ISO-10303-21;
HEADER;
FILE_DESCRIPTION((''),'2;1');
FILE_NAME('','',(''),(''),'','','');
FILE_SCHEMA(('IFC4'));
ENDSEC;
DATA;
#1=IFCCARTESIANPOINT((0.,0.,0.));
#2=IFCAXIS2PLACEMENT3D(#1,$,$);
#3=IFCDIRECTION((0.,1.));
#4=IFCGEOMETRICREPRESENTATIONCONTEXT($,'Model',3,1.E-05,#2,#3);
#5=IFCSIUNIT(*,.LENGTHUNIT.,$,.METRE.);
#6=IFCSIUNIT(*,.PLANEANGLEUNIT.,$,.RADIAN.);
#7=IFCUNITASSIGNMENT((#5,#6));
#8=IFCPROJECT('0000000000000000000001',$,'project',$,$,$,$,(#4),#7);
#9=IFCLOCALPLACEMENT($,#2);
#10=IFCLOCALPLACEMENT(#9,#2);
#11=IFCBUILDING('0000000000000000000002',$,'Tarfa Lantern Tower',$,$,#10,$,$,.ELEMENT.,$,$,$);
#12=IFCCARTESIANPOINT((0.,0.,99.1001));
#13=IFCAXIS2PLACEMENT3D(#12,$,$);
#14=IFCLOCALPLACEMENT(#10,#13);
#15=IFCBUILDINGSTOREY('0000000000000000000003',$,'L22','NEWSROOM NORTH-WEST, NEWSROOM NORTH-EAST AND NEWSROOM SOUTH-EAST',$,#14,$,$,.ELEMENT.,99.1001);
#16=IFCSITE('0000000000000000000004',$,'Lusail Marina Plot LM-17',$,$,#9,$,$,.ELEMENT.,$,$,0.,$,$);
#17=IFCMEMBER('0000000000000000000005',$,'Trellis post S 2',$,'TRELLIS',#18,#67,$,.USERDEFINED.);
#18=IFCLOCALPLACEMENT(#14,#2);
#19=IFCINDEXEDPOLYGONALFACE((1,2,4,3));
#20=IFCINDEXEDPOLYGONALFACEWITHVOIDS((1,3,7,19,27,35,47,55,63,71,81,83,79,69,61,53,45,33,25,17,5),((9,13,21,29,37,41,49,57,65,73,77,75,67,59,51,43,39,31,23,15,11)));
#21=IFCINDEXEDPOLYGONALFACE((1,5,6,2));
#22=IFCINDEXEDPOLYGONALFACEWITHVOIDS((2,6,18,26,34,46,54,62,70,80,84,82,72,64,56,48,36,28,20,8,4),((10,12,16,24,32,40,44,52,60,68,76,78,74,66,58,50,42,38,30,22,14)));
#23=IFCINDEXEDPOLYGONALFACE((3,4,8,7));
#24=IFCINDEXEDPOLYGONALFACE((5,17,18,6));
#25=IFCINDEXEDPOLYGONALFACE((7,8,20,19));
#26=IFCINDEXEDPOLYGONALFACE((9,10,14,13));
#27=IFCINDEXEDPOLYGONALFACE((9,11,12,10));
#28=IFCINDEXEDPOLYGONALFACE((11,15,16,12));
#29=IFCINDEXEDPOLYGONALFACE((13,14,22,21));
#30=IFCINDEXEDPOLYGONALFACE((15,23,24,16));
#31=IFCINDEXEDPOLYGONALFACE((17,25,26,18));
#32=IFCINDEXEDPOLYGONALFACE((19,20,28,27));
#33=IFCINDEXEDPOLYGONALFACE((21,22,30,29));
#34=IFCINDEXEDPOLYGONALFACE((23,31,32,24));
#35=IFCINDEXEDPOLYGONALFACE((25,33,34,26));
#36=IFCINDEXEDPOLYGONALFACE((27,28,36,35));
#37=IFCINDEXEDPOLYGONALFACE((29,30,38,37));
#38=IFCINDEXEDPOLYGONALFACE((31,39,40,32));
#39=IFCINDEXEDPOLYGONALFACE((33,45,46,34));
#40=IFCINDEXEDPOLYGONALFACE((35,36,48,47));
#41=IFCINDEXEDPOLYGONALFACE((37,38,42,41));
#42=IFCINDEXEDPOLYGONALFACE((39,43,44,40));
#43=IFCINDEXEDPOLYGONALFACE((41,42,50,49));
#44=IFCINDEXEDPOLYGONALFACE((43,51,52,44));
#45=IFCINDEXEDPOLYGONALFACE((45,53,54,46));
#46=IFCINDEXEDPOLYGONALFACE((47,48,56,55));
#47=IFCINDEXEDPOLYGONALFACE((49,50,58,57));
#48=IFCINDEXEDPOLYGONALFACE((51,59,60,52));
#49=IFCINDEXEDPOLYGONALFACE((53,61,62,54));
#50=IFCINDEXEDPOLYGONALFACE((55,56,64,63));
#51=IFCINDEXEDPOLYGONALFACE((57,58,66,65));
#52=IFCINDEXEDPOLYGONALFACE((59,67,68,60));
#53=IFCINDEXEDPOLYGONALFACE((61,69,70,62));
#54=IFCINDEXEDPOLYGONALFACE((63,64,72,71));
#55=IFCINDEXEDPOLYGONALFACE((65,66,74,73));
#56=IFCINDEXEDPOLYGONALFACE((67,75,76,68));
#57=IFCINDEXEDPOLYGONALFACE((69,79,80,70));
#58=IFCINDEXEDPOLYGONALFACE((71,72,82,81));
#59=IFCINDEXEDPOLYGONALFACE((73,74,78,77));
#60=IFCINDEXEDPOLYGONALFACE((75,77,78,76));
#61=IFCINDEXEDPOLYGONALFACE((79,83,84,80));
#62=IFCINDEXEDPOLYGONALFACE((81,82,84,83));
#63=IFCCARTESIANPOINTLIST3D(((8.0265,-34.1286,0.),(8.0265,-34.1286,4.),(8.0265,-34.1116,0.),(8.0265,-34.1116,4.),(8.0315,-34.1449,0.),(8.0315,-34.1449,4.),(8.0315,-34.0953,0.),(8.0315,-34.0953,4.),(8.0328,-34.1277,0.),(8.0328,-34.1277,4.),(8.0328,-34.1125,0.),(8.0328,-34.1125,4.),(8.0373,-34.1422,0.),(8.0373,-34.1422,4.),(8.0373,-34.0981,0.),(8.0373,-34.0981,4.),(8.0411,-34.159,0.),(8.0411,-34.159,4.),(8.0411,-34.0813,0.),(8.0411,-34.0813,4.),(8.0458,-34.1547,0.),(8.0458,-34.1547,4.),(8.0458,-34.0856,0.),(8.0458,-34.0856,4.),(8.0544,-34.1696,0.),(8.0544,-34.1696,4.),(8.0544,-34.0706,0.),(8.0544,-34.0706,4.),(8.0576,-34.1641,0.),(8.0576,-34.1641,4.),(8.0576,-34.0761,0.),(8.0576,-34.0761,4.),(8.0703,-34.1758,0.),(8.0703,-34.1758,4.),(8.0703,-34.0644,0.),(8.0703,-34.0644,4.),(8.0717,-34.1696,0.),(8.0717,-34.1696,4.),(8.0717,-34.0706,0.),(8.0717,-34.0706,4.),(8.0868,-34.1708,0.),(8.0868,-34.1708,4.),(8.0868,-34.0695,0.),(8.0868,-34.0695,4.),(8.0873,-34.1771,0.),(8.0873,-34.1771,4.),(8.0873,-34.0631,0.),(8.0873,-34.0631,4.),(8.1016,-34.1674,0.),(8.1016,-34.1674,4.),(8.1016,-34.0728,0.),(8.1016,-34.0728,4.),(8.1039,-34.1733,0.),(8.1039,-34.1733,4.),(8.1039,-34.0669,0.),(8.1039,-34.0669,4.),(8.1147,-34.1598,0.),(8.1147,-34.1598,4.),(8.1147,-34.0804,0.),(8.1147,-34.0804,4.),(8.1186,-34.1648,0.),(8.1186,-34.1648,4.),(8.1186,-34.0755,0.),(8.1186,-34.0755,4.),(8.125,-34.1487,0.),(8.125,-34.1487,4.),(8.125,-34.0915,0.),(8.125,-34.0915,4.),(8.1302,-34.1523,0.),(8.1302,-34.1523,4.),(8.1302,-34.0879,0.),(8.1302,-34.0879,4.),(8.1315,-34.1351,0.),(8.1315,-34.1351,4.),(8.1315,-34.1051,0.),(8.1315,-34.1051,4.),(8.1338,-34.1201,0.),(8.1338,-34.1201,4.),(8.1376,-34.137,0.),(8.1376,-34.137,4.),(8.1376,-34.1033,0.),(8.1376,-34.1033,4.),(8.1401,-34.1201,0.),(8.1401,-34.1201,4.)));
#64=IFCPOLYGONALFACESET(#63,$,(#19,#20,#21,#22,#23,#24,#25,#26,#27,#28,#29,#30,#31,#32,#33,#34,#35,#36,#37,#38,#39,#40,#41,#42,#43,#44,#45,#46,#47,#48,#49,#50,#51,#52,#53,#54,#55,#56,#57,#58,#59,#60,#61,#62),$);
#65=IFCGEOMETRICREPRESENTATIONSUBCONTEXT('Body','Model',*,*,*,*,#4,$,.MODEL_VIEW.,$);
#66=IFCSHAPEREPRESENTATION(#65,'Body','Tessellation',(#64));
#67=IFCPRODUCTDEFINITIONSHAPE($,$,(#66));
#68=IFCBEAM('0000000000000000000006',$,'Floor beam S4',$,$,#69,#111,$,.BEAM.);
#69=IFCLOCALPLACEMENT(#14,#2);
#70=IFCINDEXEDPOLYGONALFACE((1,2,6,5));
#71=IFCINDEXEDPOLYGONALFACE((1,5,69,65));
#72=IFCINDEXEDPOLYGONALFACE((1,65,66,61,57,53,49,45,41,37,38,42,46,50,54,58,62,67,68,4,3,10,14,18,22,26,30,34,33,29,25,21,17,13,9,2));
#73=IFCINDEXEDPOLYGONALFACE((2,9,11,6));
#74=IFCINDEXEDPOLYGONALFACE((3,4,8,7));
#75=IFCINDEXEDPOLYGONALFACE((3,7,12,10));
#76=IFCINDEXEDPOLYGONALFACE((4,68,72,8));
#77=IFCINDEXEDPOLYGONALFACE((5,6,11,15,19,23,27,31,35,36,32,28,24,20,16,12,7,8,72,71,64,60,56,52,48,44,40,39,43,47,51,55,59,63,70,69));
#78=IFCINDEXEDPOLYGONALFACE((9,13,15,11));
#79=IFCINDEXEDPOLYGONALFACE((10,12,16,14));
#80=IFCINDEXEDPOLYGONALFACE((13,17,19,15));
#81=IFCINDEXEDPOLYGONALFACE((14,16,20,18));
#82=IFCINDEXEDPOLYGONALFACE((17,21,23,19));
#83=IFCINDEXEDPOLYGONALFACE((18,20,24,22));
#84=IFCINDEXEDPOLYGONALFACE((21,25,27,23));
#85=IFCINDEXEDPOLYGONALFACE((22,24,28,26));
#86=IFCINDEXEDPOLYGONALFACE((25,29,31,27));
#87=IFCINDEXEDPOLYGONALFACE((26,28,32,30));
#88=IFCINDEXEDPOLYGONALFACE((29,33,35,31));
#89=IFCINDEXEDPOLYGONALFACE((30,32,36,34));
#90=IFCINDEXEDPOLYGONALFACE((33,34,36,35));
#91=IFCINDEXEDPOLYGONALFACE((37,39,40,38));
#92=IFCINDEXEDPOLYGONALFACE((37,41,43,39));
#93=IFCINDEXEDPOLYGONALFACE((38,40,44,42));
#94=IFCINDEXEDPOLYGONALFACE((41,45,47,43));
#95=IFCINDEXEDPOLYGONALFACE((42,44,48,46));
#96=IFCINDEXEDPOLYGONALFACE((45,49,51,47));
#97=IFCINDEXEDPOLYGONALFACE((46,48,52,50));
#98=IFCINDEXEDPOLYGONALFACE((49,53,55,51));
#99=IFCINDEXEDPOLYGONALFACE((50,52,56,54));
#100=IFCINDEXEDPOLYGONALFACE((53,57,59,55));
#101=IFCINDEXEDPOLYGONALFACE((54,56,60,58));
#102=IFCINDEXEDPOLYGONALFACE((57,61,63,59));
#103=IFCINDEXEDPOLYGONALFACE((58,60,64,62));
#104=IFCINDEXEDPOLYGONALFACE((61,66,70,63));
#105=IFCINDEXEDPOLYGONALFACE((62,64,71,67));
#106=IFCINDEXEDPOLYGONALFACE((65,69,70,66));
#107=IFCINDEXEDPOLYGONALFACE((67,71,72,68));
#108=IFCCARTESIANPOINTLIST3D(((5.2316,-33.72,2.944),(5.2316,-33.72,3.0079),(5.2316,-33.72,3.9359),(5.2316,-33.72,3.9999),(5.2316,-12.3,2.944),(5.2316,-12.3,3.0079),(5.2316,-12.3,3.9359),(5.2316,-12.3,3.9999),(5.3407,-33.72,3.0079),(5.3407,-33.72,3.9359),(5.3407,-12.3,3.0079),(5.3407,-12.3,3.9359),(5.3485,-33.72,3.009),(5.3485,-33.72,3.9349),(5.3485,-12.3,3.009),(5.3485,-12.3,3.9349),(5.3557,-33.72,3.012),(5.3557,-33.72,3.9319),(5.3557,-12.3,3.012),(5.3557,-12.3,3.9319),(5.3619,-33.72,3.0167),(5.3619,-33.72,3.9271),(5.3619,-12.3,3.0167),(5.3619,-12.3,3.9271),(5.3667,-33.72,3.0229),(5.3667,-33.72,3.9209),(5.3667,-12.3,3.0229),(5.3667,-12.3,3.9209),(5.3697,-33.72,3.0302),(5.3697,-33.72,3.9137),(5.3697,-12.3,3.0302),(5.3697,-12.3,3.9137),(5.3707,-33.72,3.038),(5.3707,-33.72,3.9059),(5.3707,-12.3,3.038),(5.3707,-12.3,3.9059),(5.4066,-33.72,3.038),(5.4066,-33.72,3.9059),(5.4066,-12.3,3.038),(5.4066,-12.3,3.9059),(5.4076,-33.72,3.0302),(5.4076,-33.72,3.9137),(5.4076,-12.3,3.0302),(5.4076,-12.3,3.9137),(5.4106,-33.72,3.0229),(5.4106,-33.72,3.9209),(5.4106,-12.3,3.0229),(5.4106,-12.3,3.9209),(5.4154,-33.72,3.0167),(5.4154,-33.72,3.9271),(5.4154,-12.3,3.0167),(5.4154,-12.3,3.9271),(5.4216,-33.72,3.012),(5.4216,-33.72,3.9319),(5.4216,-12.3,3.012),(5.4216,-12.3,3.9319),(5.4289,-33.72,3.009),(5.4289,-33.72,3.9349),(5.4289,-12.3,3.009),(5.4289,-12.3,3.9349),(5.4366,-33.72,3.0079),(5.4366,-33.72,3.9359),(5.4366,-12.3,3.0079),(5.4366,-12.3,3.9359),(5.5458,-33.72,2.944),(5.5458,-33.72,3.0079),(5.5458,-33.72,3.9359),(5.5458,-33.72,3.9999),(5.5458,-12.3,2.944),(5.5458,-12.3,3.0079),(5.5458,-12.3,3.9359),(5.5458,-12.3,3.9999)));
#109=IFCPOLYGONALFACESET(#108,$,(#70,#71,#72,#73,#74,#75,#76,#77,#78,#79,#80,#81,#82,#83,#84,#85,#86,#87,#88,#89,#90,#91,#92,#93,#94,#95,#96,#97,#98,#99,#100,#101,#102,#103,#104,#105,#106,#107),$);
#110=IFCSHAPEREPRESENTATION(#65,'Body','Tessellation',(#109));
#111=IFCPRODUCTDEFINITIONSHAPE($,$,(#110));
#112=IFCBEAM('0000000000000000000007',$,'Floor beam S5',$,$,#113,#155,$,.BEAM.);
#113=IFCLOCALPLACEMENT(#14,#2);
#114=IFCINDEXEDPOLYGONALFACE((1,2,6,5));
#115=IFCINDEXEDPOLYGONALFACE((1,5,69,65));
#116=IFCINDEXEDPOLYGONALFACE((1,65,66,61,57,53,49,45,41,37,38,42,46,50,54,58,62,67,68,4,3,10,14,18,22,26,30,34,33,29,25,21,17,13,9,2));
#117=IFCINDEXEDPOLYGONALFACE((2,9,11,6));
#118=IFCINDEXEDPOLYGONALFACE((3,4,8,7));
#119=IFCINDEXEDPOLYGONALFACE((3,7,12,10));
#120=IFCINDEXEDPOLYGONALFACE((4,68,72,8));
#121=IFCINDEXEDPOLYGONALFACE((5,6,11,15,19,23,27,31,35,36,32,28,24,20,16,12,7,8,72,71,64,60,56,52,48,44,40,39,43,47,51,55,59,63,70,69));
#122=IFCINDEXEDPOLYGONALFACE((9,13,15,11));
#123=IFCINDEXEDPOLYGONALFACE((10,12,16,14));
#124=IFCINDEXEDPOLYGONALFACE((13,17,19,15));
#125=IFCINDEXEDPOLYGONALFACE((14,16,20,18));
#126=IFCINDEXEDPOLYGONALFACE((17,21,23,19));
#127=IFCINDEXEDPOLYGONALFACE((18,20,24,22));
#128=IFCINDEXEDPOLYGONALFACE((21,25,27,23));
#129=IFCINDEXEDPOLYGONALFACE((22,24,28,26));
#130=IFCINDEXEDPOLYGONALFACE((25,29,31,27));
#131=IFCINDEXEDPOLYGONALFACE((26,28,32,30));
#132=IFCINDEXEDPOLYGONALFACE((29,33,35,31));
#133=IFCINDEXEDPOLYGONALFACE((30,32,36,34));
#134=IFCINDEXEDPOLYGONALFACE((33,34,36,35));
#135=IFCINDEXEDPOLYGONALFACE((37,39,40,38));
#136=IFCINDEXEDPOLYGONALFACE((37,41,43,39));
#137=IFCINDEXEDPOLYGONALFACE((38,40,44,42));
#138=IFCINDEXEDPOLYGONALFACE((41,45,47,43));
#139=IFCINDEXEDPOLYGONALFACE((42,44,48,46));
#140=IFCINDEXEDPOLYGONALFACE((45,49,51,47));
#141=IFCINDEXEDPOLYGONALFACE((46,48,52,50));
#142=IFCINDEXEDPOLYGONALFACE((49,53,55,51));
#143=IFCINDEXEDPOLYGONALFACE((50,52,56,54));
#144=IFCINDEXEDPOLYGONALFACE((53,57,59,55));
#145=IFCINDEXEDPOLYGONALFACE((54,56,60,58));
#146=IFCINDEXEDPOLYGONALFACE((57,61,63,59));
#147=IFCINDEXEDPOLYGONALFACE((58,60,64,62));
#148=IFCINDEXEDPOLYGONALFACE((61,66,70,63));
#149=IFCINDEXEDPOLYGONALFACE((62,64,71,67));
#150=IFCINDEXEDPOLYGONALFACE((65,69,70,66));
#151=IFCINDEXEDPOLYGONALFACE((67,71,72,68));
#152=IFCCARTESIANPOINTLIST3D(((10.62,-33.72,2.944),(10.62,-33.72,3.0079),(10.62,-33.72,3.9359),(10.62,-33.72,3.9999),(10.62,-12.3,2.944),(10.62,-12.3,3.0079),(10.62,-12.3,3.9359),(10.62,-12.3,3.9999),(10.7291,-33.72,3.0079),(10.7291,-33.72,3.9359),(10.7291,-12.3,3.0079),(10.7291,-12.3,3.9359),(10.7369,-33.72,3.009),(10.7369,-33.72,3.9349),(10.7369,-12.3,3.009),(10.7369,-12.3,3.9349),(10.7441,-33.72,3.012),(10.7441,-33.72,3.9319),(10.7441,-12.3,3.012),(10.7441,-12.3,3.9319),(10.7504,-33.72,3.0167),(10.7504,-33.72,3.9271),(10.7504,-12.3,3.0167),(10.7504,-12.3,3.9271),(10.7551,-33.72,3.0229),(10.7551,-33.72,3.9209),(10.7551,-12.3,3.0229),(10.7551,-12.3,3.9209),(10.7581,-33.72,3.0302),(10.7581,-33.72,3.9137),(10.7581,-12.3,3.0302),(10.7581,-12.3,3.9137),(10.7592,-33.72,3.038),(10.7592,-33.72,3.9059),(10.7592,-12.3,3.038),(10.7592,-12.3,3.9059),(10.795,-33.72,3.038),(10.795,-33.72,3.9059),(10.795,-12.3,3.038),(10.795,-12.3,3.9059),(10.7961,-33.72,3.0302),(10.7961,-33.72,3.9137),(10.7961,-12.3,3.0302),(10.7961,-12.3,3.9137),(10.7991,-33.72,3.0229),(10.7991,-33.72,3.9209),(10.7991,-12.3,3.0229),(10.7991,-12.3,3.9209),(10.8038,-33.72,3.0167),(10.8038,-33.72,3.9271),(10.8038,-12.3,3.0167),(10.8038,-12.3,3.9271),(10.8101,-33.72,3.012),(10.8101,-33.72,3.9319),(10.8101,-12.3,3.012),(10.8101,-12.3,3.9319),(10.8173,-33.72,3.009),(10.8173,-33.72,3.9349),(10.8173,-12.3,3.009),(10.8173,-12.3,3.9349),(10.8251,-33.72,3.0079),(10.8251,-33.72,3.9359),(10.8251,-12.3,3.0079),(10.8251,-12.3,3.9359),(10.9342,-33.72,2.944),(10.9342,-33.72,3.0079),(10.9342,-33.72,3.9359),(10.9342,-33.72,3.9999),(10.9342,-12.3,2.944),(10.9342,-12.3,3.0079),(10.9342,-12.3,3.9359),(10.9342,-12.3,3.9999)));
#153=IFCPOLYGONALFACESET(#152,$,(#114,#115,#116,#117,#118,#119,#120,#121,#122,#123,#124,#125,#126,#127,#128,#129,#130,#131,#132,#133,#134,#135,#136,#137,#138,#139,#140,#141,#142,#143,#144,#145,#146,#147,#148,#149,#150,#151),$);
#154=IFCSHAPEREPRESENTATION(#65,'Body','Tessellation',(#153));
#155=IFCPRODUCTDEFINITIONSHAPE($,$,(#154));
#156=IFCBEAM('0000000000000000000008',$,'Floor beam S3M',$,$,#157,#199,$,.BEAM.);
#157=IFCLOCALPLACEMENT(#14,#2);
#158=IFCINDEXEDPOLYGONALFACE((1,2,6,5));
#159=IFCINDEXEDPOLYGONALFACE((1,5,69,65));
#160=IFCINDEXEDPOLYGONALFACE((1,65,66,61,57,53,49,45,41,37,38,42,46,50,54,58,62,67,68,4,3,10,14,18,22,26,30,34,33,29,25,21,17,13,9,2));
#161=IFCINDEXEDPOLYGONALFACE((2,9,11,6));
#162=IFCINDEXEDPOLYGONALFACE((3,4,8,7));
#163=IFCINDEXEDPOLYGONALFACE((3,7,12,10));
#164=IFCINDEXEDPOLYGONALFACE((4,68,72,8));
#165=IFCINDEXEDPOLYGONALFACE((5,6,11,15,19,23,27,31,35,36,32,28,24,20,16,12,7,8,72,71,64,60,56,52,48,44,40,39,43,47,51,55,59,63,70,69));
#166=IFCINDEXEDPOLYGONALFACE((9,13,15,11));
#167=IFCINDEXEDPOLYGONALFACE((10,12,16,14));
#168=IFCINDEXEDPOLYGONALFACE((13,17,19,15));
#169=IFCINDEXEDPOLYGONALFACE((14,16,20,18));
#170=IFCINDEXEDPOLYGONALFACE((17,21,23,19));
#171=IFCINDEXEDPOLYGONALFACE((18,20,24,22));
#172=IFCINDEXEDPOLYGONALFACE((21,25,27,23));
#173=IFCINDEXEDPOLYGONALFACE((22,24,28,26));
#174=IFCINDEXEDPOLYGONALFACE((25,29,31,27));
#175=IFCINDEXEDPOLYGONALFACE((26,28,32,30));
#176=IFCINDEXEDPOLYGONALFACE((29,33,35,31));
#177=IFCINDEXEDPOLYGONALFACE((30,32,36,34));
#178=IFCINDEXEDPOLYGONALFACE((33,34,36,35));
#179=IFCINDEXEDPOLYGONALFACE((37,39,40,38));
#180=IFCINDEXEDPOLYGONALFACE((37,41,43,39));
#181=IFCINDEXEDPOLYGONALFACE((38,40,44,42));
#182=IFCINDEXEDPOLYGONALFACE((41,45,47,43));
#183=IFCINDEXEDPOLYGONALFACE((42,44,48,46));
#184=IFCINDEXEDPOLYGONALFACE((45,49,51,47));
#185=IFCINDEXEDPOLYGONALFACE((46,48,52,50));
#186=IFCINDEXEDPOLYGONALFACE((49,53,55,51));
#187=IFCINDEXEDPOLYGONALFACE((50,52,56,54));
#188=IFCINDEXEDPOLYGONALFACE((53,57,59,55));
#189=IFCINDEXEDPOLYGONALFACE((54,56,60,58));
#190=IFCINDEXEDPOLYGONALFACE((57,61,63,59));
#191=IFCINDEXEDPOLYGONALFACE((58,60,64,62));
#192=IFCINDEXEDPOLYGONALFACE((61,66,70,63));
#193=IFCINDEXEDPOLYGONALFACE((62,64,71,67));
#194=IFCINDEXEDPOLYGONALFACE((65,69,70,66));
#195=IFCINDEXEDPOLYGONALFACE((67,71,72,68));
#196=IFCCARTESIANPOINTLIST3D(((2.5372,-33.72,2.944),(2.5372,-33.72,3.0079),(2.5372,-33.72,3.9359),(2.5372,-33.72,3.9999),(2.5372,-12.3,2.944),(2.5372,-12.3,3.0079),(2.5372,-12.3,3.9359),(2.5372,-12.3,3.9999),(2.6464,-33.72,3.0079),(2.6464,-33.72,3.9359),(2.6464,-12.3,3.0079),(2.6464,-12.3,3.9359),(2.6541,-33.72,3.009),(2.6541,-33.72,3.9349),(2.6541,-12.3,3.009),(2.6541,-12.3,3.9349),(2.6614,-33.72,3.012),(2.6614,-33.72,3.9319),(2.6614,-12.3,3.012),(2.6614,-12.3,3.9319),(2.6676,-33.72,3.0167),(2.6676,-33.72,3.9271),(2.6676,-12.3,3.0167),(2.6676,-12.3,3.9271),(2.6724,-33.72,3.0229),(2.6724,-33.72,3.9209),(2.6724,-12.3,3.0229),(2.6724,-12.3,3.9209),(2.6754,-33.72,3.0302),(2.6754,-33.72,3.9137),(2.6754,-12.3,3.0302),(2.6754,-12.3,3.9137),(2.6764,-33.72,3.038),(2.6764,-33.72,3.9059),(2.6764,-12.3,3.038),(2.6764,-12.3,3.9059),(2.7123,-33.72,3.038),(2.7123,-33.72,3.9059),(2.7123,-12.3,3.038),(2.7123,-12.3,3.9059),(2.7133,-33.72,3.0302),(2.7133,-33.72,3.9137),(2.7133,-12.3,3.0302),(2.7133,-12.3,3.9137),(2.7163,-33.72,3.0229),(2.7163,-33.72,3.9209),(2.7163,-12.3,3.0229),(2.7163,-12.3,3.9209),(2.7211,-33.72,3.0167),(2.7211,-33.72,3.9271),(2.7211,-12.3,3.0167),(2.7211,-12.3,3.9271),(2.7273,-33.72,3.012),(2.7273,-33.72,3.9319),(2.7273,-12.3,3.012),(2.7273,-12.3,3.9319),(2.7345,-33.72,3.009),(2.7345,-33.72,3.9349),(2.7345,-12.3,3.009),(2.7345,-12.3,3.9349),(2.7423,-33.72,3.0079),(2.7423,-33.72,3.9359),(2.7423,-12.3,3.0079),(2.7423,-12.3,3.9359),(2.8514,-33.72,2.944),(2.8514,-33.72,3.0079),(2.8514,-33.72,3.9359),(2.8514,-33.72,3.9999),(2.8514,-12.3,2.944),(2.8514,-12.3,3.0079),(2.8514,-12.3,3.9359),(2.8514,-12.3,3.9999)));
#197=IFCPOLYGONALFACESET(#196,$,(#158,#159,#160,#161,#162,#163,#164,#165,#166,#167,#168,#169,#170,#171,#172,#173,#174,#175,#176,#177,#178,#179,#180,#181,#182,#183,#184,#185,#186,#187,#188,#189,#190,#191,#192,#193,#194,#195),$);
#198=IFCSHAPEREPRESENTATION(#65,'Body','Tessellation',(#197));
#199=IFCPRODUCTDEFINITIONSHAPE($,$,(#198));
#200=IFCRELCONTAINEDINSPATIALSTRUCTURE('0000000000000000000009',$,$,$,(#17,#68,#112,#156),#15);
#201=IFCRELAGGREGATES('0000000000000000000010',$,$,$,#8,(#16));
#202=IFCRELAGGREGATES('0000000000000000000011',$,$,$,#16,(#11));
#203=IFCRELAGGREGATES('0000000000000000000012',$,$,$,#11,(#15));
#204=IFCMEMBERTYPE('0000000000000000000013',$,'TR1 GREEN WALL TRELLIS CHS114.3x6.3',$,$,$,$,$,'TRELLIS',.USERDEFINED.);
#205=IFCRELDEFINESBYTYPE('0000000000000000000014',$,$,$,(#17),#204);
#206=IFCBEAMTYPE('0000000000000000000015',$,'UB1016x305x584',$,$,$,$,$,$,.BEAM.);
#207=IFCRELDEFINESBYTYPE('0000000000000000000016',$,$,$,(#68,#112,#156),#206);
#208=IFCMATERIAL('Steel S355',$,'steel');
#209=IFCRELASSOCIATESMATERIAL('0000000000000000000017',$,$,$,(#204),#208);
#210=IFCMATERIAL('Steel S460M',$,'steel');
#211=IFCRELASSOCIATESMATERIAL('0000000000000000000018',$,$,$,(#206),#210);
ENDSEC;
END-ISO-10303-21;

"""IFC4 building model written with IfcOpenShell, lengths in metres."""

from ifc_helpers import new_model, si_unit, direction, frame, origin, origin_2d, place, context, subcontext, project, spatial, hollow_circle, i_section, extrude, material, material_profile, profile_set, type_object, element, save


model = new_model("IFC4")

# Units and contexts
model_context = context("Model", 3, precision=1e-05, world=origin(), true_north=direction((0.0, 1.0)))
body_context = subcontext(model_context, "Body", "Model", "MODEL_VIEW")
ifc_project = project(units=[si_unit("LENGTHUNIT", "METRE"), si_unit("PLANEANGLEUNIT", "RADIAN")], contexts=[model_context])

# Site, building, storey
site_placement = place(None, origin())
site = spatial("IfcSite", under=ifc_project, at=site_placement, Name="Lusail Marina Plot LM-17", CompositionType="ELEMENT", RefElevation=0.0)
building_placement = place(site_placement, origin())
building = spatial("IfcBuilding", under=site, at=building_placement, Name="Tarfa Lantern Tower", CompositionType="ELEMENT")
storey_placement = place(building_placement, frame((0.0, 0.0, 99.1001)))
storey = spatial("IfcBuildingStorey", under=building, at=storey_placement, Name="L22", Description="NEWSROOM NORTH-WEST, NEWSROOM NORTH-EAST AND NEWSROOM SOUTH-EAST", CompositionType="ELEMENT", Elevation=99.1001)

# Member
ifc_material_1 = material(Name="Steel S355", Category="steel")
ifc_material_profile_1 = material_profile(ifc_material_1, hollow_circle(Radius=0.0571, WallThickness=0.0063, at=origin_2d()), Name="CHS114.3x6.3")
ifc_profile_set_1 = profile_set([ifc_material_profile_1], Name="Steel S355")
member_type_1 = type_object("IfcMemberType", Name="TR1 GREEN WALL TRELLIS CHS114.3x6.3", ElementType="TRELLIS", PredefinedType="USERDEFINED", material=ifc_profile_set_1)
member_1_placement = place(storey_placement, frame((8.083, -34.1201, 0.0), z_axis=(0.0, 0.0, 1.0), x_axis=(1.0, 0.0, 0.0)))
element("IfcMember", 1, at=member_1_placement, inside=storey, type_object=member_type_1, Name="Trellis post S 2", ObjectType="TRELLIS", PredefinedType="USERDEFINED", context=body_context, shape_type="SweptSolid", body=[
    extrude(hollow_circle(Radius=0.0571, WallThickness=0.0063, at=origin_2d()), origin(), (0.0, 0.0, 1.0), 4.0),
])

# Beams
ifc_material_2 = material(Name="Steel S460M", Category="steel")
ifc_material_profile_2 = material_profile(ifc_material_2, i_section(OverallWidth=0.3142, OverallDepth=1.0559, WebThickness=0.0359, FlangeThickness=0.064, FilletRadius=0.03, at=origin_2d()), Name="UB1016x305x584")
ifc_profile_set_2 = profile_set([ifc_material_profile_2], Name="Steel S460M")
beam_type_1 = type_object("IfcBeamType", Name="UB1016x305x584", PredefinedType="BEAM", material=ifc_profile_set_2)
for number, where, z_axis, x_axis, name in (
    (2, (5.3887, -33.72, 3.4719), (0.0, 1.0, 0.0), (-1.0, 0.0, 0.0), "Floor beam S4"),
    (3, (10.7771, -33.72, 3.4719), (0.0, 1.0, 0.0), (-1.0, 0.0, 0.0), "Floor beam S5"),
    (4, (2.6943, -33.72, 3.4719), (0.0, 1.0, 0.0), (-1.0, 0.0, 0.0), "Floor beam S3M"),
):
    element("IfcBeam", number, at=place(storey_placement, frame(where, z_axis=z_axis, x_axis=x_axis)), inside=storey, type_object=beam_type_1, Name=name, PredefinedType="BEAM", context=body_context, shape_type="SweptSolid", body=[
        extrude(i_section(OverallWidth=0.3142, OverallDepth=1.0559, WebThickness=0.0359, FlangeThickness=0.064, FilletRadius=0.03, at=origin_2d()), origin(), (0.0, 0.0, 1.0), 21.4199),
    ])

save(model, "model.ifc")
